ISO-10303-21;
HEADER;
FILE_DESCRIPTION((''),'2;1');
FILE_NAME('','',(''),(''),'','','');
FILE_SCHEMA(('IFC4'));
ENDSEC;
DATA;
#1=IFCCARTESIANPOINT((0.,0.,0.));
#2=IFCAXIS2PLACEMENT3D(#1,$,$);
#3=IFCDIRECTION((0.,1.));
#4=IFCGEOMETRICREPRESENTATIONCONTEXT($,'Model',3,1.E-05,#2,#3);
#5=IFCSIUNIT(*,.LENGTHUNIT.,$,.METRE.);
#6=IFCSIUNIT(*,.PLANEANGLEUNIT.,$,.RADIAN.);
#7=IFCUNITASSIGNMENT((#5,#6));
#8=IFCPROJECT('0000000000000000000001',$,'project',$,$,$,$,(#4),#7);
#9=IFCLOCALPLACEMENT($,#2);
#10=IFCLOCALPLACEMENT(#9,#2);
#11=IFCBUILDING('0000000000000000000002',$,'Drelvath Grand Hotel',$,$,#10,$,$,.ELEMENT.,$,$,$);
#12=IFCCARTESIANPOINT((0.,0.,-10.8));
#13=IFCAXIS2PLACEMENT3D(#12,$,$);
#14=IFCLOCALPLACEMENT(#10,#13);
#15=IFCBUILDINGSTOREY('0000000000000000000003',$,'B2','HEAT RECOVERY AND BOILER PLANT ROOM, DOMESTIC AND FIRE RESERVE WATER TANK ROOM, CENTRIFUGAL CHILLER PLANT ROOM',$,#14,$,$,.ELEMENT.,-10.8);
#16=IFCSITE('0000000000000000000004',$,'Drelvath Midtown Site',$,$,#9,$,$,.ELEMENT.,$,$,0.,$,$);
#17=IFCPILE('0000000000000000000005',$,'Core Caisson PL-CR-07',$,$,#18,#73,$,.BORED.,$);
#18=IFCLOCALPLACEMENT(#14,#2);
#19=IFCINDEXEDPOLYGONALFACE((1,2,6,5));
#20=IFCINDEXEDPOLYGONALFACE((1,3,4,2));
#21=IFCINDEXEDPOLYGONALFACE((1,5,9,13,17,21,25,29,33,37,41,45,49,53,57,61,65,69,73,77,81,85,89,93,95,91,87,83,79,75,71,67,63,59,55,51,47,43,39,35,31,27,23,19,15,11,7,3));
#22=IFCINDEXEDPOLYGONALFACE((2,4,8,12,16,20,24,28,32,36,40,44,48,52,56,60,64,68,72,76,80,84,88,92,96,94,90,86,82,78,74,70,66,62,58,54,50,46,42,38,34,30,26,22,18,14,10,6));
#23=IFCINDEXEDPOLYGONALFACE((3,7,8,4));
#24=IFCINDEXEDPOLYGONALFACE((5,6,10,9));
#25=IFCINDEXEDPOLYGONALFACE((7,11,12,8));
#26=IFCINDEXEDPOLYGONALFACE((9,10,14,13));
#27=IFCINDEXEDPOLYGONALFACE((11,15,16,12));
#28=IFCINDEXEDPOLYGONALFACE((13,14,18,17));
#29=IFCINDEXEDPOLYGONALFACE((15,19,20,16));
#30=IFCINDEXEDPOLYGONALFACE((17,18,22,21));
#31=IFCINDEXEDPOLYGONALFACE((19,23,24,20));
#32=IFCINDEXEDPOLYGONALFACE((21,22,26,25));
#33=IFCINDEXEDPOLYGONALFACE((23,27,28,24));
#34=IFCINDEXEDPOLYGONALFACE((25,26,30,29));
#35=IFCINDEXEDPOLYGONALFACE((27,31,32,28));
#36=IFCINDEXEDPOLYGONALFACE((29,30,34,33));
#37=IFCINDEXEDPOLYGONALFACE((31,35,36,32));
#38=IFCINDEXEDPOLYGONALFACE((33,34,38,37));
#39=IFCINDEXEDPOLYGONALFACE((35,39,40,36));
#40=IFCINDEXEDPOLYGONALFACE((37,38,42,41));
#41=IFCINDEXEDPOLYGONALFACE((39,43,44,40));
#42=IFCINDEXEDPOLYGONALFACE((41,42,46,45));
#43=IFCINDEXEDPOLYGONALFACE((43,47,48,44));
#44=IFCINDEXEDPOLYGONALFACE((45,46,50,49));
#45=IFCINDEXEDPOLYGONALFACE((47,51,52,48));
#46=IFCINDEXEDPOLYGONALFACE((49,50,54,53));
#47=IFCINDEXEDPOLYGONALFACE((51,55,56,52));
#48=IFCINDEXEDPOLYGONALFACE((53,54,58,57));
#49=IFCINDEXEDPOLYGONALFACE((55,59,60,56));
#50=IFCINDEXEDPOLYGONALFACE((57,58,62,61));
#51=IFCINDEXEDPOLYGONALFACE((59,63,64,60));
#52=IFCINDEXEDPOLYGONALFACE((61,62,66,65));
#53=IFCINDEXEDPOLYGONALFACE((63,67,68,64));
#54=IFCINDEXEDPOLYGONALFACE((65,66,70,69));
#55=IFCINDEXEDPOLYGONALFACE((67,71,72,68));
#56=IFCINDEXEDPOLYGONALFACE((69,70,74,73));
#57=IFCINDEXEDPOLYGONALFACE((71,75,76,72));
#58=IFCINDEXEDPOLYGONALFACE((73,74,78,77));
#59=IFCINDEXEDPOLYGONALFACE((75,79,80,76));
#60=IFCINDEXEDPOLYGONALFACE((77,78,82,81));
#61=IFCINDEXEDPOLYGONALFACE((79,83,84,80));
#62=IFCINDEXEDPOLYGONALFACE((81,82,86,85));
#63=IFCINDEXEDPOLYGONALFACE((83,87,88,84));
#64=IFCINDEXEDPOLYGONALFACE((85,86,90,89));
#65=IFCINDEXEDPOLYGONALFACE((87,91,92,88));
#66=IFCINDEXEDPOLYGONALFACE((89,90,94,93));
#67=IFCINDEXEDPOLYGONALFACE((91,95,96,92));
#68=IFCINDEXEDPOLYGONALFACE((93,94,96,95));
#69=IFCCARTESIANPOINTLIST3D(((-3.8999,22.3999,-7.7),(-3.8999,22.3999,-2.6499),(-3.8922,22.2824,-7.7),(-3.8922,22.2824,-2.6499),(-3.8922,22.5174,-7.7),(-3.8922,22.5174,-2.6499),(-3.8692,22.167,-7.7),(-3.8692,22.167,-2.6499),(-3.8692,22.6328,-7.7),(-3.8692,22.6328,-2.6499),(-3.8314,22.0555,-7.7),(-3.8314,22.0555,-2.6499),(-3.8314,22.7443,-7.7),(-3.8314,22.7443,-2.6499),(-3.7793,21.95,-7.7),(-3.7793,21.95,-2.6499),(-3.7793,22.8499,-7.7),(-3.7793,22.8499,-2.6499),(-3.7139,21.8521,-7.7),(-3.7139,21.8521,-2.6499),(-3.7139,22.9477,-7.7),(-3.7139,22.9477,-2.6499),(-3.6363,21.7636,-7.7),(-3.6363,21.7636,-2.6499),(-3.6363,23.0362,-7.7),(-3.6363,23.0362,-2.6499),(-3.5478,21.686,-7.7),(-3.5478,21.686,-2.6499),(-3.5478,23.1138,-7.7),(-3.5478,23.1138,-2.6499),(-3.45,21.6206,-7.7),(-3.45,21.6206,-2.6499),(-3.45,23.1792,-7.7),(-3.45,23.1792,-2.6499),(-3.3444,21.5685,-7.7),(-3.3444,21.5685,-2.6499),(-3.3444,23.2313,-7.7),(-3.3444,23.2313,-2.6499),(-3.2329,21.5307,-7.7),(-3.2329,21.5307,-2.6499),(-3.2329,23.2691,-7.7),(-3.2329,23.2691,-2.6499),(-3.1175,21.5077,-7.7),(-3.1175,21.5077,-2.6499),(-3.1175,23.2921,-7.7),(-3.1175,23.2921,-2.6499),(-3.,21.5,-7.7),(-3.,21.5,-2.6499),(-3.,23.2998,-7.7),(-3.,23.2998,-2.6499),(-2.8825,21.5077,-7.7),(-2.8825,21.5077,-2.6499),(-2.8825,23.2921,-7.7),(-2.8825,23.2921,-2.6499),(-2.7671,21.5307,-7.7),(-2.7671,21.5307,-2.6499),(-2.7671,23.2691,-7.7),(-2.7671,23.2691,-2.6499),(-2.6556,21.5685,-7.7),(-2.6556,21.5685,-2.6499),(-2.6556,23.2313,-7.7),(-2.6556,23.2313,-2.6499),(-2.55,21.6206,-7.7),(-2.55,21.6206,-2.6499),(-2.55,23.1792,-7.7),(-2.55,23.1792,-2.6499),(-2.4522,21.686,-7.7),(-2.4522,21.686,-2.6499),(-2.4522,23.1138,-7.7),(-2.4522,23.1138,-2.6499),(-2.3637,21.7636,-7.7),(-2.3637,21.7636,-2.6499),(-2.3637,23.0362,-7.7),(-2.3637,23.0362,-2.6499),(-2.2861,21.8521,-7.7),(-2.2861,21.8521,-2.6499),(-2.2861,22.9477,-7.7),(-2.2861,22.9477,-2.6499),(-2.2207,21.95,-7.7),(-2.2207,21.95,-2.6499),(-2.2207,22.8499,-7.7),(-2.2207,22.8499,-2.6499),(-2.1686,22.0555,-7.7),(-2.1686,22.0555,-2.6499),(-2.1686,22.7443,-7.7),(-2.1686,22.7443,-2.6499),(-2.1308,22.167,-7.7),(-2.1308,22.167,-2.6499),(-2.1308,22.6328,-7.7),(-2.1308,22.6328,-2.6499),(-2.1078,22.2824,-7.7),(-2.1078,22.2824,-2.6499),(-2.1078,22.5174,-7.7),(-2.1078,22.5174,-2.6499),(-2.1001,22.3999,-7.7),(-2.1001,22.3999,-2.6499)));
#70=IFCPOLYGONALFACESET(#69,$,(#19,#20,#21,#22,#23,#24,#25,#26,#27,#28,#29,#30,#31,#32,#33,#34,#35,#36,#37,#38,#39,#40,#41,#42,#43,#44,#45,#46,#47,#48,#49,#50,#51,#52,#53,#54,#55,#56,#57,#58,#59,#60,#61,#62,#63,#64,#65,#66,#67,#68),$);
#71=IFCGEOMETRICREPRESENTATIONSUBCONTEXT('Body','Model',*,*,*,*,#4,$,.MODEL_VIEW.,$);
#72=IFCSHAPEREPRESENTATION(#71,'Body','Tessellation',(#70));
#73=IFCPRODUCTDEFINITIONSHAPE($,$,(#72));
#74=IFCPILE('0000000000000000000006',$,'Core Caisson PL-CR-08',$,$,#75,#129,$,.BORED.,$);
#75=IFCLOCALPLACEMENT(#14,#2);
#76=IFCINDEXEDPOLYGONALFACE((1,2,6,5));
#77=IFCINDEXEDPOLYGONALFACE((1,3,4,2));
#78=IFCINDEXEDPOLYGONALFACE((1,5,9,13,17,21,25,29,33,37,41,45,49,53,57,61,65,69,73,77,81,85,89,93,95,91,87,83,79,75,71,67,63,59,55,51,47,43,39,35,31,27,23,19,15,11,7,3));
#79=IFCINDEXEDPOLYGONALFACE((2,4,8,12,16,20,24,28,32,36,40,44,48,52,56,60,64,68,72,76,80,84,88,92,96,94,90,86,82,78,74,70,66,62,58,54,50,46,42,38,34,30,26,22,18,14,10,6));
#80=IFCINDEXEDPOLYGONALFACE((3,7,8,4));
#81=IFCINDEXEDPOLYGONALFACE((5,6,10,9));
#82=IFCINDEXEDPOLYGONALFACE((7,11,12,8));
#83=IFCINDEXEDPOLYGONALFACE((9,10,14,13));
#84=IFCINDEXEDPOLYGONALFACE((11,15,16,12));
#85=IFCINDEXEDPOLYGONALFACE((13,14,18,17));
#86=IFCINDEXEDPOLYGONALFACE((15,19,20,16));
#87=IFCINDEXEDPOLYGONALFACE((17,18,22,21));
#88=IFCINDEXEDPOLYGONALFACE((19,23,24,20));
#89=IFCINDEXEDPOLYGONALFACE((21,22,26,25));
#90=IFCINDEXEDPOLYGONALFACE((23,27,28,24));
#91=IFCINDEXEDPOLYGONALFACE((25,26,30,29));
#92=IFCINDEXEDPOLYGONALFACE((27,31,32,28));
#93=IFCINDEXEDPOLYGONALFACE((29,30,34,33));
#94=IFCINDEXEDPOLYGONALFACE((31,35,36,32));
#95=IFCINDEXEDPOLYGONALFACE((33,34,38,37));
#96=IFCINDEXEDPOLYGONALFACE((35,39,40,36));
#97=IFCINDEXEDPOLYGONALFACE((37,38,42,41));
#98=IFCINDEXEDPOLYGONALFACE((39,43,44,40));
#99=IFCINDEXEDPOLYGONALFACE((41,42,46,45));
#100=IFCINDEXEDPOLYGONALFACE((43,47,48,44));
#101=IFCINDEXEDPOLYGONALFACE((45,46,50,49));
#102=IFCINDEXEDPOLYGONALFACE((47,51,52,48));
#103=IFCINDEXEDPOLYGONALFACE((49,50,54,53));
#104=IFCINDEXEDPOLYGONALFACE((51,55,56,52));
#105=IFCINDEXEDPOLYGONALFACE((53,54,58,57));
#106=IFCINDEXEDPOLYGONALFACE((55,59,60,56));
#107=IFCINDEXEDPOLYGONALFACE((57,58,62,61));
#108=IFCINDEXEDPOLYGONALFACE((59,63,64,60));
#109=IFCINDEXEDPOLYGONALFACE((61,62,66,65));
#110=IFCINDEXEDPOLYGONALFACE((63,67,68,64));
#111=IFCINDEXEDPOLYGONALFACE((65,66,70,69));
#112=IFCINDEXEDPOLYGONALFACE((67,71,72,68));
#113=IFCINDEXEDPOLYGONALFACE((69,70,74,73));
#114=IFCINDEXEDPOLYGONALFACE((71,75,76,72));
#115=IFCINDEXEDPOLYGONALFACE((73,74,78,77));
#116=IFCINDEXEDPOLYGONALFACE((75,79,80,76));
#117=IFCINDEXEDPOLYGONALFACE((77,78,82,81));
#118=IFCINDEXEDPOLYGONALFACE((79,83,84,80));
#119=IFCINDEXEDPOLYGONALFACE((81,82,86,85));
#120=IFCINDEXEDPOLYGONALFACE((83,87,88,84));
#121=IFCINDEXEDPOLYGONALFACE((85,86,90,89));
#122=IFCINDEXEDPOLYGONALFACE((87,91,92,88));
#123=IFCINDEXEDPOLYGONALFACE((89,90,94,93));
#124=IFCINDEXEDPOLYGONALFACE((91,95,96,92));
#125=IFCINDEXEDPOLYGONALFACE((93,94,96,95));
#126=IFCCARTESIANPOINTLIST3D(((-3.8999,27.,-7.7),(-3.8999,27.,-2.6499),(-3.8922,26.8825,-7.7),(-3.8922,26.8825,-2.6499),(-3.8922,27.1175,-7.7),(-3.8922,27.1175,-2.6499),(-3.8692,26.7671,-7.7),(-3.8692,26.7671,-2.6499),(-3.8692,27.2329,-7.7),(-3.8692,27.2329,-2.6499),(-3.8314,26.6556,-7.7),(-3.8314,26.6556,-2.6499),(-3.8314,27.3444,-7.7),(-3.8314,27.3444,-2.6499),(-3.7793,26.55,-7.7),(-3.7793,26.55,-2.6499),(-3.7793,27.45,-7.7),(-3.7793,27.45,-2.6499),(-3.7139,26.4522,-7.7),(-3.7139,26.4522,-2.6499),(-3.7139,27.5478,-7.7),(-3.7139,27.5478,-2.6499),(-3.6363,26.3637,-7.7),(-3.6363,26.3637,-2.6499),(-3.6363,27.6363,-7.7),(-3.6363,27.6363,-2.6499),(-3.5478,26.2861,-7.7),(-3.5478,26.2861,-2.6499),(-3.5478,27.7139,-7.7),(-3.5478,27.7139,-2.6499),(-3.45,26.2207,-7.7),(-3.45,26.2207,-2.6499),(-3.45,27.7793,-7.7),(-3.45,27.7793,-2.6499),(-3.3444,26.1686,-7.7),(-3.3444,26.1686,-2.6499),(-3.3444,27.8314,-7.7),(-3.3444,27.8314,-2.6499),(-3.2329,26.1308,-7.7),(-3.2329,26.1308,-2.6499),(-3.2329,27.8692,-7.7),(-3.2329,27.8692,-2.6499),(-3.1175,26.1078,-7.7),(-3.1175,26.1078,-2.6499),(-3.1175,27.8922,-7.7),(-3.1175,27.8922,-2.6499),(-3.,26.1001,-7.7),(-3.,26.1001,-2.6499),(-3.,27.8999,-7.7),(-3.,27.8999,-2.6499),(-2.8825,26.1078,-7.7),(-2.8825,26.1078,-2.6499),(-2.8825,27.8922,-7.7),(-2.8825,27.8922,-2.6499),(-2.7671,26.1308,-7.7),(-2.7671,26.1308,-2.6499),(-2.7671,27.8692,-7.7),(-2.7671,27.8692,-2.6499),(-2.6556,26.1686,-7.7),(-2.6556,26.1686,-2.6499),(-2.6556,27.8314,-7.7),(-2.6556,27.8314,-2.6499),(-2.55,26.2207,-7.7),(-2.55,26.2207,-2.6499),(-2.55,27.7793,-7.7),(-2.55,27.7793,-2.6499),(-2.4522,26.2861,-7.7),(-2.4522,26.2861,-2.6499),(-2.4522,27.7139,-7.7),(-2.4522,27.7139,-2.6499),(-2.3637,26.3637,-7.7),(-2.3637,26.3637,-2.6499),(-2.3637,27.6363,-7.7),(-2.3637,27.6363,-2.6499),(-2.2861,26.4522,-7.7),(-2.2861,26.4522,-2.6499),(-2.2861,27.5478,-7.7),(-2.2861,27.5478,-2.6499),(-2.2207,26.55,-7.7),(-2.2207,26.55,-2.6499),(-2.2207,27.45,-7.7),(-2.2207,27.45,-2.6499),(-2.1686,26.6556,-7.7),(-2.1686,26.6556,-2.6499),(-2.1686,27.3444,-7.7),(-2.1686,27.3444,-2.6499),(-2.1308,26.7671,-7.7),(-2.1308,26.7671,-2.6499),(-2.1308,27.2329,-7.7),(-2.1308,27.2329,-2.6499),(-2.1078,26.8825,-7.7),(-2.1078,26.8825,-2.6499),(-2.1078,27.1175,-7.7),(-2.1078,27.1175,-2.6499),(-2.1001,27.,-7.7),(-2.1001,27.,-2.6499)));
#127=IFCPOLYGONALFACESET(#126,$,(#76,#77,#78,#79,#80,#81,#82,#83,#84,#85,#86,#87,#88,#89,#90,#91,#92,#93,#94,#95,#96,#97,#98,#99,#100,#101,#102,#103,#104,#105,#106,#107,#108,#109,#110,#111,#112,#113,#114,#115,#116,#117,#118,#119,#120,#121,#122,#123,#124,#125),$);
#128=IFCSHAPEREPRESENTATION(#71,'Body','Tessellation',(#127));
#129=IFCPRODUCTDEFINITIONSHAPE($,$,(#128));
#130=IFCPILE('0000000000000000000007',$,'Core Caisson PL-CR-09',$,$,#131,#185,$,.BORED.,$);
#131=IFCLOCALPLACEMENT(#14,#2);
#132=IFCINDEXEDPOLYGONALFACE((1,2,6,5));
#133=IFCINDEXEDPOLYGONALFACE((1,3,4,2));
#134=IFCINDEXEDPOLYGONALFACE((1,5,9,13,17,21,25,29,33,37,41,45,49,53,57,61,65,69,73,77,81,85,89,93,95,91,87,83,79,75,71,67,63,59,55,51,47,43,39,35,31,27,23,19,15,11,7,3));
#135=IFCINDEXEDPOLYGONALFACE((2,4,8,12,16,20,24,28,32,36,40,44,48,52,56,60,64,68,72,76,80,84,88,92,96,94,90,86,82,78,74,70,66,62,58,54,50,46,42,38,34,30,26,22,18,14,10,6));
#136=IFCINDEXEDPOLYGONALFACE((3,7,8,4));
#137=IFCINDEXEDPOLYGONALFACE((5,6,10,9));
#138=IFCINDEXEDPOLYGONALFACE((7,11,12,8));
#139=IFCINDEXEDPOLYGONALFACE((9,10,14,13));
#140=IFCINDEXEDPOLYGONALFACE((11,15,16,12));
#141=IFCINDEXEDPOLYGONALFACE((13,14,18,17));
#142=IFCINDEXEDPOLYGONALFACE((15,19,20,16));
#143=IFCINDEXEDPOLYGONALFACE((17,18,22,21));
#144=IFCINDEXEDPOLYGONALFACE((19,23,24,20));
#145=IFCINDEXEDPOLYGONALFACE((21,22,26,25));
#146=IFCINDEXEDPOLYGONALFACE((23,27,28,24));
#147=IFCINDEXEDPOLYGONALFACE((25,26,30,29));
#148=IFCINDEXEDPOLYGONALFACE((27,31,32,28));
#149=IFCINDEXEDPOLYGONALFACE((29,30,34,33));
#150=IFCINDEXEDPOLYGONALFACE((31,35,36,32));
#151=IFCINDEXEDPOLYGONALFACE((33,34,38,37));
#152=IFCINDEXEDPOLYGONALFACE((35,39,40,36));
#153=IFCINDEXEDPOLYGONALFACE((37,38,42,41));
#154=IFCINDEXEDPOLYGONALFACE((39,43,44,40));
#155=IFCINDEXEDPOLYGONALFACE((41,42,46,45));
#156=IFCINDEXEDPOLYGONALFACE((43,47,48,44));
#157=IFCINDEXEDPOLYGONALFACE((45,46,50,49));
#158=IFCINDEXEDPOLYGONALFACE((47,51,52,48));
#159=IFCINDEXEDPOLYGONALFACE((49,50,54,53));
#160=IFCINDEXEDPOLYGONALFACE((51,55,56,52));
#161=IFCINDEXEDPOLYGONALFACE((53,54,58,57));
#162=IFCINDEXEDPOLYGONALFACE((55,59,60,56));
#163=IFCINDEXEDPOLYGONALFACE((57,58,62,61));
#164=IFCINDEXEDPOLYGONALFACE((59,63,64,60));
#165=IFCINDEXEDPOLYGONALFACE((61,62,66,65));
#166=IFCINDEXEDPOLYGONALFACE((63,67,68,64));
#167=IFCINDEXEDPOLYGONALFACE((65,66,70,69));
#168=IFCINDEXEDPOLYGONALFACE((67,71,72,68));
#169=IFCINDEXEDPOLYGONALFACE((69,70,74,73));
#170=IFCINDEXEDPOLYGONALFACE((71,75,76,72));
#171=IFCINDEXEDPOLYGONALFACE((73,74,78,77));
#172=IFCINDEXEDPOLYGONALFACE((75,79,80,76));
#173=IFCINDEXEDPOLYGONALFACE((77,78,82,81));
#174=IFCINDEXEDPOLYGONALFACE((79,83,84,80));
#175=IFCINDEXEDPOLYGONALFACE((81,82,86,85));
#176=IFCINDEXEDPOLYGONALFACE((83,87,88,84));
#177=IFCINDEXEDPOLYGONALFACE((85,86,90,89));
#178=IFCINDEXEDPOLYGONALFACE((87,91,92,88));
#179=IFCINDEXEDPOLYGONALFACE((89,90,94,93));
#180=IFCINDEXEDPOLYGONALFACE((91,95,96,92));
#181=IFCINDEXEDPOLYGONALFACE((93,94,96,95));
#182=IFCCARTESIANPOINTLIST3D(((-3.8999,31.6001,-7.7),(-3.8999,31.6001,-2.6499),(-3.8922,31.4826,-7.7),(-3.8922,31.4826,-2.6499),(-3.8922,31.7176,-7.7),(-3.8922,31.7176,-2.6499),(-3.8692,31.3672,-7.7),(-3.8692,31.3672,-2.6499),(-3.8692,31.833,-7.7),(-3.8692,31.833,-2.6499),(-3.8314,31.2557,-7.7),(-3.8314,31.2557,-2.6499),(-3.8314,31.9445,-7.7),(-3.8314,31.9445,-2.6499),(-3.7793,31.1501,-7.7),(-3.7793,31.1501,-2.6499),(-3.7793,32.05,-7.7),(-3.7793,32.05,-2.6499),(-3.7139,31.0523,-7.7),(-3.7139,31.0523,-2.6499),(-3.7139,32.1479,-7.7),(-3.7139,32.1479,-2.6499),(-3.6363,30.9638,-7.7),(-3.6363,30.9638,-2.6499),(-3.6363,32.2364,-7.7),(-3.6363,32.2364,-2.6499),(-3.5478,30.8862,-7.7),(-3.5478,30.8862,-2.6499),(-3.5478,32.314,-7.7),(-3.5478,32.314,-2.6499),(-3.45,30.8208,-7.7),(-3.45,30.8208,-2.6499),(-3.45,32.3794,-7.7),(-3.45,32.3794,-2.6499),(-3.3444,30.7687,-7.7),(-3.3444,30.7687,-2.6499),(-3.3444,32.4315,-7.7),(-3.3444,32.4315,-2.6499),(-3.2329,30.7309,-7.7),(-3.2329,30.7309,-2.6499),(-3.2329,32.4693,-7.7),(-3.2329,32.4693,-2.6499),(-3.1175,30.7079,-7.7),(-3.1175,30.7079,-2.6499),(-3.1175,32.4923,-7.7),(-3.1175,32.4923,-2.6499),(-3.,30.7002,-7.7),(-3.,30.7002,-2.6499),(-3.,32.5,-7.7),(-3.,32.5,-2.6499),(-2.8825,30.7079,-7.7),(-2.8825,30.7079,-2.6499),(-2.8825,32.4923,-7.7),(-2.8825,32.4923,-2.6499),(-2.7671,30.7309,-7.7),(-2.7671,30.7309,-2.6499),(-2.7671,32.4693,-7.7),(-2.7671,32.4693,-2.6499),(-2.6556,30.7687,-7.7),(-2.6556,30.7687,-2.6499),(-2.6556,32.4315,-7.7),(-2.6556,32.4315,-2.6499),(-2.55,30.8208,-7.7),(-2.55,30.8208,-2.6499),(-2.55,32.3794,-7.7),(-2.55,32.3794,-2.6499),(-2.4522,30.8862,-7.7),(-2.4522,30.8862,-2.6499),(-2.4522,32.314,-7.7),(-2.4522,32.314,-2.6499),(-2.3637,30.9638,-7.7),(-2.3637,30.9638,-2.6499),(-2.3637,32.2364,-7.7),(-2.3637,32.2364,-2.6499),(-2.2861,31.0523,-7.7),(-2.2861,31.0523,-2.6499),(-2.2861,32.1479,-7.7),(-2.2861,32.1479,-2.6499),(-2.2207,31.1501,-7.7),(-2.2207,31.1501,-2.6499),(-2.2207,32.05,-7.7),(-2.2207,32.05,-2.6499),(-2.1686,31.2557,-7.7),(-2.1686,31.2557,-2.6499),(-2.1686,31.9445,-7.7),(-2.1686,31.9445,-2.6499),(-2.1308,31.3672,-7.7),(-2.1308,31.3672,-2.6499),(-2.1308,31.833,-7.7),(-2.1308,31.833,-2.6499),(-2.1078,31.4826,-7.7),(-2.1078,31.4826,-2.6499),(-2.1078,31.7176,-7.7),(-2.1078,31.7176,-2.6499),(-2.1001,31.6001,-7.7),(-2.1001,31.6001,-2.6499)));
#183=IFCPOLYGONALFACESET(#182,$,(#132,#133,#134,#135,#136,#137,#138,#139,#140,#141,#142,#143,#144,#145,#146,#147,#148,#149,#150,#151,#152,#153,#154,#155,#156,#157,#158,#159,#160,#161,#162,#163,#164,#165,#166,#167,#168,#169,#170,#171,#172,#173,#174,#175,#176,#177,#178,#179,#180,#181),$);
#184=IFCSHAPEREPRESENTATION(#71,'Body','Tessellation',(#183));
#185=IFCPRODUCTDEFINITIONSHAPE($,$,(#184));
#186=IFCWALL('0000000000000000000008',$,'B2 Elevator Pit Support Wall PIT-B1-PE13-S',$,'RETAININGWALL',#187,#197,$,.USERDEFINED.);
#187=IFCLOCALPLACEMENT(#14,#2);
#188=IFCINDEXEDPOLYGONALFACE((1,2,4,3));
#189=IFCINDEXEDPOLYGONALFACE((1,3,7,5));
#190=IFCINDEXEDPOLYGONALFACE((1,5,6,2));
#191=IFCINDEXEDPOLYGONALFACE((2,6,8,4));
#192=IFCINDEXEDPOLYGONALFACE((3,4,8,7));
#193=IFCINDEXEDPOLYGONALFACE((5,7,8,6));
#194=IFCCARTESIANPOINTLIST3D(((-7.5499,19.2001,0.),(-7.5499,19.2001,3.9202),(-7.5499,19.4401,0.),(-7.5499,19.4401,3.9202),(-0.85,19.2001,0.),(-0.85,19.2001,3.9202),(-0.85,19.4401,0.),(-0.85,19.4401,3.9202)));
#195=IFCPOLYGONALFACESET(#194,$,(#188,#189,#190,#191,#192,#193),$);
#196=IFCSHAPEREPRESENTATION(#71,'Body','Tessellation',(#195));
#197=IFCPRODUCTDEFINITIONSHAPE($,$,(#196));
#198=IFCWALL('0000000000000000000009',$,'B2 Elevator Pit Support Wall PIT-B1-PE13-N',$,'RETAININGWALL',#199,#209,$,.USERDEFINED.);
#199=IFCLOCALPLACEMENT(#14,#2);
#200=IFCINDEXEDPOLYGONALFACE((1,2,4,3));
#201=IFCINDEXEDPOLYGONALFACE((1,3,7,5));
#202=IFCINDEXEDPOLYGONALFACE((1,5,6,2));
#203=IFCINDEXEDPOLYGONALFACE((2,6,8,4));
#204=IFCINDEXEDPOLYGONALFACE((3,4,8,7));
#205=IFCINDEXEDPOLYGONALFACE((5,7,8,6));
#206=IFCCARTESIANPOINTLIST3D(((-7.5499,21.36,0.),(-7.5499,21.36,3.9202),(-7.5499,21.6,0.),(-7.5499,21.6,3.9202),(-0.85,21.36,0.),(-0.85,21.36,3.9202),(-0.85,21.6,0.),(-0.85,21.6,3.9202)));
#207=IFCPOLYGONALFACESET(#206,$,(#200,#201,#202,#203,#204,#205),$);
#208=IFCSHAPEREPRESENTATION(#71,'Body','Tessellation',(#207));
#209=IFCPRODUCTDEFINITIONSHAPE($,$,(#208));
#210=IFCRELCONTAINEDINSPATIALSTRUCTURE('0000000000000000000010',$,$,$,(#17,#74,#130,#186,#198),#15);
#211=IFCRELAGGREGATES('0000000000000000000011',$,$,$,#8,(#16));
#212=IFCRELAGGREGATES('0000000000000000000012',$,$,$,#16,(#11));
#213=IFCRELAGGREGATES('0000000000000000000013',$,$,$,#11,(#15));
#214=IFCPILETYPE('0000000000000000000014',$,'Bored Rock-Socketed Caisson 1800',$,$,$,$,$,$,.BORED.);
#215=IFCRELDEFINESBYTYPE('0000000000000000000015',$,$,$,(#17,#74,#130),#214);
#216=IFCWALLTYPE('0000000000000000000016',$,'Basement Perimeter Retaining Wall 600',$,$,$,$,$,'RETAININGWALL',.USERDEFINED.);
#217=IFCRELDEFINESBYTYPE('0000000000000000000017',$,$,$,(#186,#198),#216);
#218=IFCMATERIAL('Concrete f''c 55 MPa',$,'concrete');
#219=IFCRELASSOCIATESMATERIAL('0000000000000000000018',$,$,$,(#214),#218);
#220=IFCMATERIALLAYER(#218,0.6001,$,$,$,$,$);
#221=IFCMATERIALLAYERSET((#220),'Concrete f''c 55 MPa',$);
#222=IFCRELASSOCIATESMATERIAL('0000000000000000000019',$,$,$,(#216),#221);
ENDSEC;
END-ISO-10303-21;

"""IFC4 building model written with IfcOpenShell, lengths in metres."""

from ifc_helpers import new_model, si_unit, direction, frame, frame_2d, origin, origin_2d, place, context, subcontext, project, spatial, rectangle, circle, extrude, material, layer, layer_set, material_profile, profile_set, type_object, element, save


model = new_model("IFC4")

# Units and contexts
model_context = context("Model", 3, precision=1e-05, world=origin(), true_north=direction((0.0, 1.0)))
body_context = subcontext(model_context, "Body", "Model", "MODEL_VIEW")
ifc_project = project(units=[si_unit("LENGTHUNIT", "METRE"), si_unit("PLANEANGLEUNIT", "RADIAN")], contexts=[model_context])

# Site, building, storey
site_placement = place(None, origin())
site = spatial("IfcSite", under=ifc_project, at=site_placement, Name="Drelvath Midtown Site", CompositionType="ELEMENT", RefElevation=0.0)
building_placement = place(site_placement, origin())
building = spatial("IfcBuilding", under=site, at=building_placement, Name="Drelvath Grand Hotel", CompositionType="ELEMENT")
storey_placement = place(building_placement, frame((0.0, 0.0, -10.8)))
storey = spatial("IfcBuildingStorey", under=building, at=storey_placement, Name="B2", Description="HEAT RECOVERY AND BOILER PLANT ROOM, DOMESTIC AND FIRE RESERVE WATER TANK ROOM, CENTRIFUGAL CHILLER PLANT ROOM", CompositionType="ELEMENT", Elevation=-10.8)

# Piles
ifc_material_1 = material(Name="Concrete f'c 55 MPa", Category="concrete")
ifc_material_profile = material_profile(ifc_material_1, circle(Radius=0.8999, at=origin_2d()), Name="CAISSON1800")
ifc_profile_set = profile_set([ifc_material_profile], Name="Concrete f'c 55 MPa")
pile_type = type_object("IfcPileType", Name="Bored Rock-Socketed Caisson 1800", PredefinedType="BORED", material=ifc_profile_set)
for number, where, z_axis, x_axis, name in (
    (1, (-3.0, 22.3999, -2.6499), (0.0, 0.0, -1.0), (1.0, 0.0, 0.0), "Core Caisson PL-CR-07"),
    (2, (-3.0, 27.0, -2.6499), (0.0, 0.0, -1.0), (1.0, 0.0, 0.0), "Core Caisson PL-CR-08"),
    (3, (-3.0, 31.6001, -2.6499), (0.0, 0.0, -1.0), (1.0, 0.0, 0.0), "Core Caisson PL-CR-09"),
):
    element("IfcPile", number, at=place(storey_placement, frame(where, z_axis=z_axis, x_axis=x_axis)), inside=storey, type_object=pile_type, Name=name, PredefinedType="BORED", context=body_context, shape_type="SweptSolid", body=[
        extrude(circle(Radius=0.8999, at=origin_2d()), origin(), (0.0, 0.0, 1.0), 5.05),
    ])

# Walls
ifc_layer_1 = layer(ifc_material_1, 0.6001)
ifc_layer_set_1 = layer_set([ifc_layer_1], Name="Concrete f'c 55 MPa")
wall_type_1 = type_object("IfcWallType", Name="Basement Perimeter Retaining Wall 600", ElementType="RETAININGWALL", PredefinedType="USERDEFINED", material=ifc_layer_set_1)
for number, where, z_axis, x_axis, name in (
    (4, (-7.55, 19.3201, 0.0), (0.0, 0.0, 1.0), (1.0, 0.0, 0.0), "B2 Elevator Pit Support Wall PIT-B1-PE13-S"),
    (5, (-7.55, 21.48, 0.0), (0.0, 0.0, 1.0), (1.0, 0.0, 0.0), "B2 Elevator Pit Support Wall PIT-B1-PE13-N"),
):
    element("IfcWall", number, at=place(storey_placement, frame(where, z_axis=z_axis, x_axis=x_axis)), inside=storey, type_object=wall_type_1, Name=name, ObjectType="RETAININGWALL", PredefinedType="USERDEFINED", context=body_context, shape_type="SweptSolid", body=[
        extrude(rectangle(XDim=6.7, YDim=0.24, at=frame_2d((3.3501, 0.0))), origin(), (0.0, 0.0, 1.0), 3.9202),
    ])

save(model, "model.ifc")
